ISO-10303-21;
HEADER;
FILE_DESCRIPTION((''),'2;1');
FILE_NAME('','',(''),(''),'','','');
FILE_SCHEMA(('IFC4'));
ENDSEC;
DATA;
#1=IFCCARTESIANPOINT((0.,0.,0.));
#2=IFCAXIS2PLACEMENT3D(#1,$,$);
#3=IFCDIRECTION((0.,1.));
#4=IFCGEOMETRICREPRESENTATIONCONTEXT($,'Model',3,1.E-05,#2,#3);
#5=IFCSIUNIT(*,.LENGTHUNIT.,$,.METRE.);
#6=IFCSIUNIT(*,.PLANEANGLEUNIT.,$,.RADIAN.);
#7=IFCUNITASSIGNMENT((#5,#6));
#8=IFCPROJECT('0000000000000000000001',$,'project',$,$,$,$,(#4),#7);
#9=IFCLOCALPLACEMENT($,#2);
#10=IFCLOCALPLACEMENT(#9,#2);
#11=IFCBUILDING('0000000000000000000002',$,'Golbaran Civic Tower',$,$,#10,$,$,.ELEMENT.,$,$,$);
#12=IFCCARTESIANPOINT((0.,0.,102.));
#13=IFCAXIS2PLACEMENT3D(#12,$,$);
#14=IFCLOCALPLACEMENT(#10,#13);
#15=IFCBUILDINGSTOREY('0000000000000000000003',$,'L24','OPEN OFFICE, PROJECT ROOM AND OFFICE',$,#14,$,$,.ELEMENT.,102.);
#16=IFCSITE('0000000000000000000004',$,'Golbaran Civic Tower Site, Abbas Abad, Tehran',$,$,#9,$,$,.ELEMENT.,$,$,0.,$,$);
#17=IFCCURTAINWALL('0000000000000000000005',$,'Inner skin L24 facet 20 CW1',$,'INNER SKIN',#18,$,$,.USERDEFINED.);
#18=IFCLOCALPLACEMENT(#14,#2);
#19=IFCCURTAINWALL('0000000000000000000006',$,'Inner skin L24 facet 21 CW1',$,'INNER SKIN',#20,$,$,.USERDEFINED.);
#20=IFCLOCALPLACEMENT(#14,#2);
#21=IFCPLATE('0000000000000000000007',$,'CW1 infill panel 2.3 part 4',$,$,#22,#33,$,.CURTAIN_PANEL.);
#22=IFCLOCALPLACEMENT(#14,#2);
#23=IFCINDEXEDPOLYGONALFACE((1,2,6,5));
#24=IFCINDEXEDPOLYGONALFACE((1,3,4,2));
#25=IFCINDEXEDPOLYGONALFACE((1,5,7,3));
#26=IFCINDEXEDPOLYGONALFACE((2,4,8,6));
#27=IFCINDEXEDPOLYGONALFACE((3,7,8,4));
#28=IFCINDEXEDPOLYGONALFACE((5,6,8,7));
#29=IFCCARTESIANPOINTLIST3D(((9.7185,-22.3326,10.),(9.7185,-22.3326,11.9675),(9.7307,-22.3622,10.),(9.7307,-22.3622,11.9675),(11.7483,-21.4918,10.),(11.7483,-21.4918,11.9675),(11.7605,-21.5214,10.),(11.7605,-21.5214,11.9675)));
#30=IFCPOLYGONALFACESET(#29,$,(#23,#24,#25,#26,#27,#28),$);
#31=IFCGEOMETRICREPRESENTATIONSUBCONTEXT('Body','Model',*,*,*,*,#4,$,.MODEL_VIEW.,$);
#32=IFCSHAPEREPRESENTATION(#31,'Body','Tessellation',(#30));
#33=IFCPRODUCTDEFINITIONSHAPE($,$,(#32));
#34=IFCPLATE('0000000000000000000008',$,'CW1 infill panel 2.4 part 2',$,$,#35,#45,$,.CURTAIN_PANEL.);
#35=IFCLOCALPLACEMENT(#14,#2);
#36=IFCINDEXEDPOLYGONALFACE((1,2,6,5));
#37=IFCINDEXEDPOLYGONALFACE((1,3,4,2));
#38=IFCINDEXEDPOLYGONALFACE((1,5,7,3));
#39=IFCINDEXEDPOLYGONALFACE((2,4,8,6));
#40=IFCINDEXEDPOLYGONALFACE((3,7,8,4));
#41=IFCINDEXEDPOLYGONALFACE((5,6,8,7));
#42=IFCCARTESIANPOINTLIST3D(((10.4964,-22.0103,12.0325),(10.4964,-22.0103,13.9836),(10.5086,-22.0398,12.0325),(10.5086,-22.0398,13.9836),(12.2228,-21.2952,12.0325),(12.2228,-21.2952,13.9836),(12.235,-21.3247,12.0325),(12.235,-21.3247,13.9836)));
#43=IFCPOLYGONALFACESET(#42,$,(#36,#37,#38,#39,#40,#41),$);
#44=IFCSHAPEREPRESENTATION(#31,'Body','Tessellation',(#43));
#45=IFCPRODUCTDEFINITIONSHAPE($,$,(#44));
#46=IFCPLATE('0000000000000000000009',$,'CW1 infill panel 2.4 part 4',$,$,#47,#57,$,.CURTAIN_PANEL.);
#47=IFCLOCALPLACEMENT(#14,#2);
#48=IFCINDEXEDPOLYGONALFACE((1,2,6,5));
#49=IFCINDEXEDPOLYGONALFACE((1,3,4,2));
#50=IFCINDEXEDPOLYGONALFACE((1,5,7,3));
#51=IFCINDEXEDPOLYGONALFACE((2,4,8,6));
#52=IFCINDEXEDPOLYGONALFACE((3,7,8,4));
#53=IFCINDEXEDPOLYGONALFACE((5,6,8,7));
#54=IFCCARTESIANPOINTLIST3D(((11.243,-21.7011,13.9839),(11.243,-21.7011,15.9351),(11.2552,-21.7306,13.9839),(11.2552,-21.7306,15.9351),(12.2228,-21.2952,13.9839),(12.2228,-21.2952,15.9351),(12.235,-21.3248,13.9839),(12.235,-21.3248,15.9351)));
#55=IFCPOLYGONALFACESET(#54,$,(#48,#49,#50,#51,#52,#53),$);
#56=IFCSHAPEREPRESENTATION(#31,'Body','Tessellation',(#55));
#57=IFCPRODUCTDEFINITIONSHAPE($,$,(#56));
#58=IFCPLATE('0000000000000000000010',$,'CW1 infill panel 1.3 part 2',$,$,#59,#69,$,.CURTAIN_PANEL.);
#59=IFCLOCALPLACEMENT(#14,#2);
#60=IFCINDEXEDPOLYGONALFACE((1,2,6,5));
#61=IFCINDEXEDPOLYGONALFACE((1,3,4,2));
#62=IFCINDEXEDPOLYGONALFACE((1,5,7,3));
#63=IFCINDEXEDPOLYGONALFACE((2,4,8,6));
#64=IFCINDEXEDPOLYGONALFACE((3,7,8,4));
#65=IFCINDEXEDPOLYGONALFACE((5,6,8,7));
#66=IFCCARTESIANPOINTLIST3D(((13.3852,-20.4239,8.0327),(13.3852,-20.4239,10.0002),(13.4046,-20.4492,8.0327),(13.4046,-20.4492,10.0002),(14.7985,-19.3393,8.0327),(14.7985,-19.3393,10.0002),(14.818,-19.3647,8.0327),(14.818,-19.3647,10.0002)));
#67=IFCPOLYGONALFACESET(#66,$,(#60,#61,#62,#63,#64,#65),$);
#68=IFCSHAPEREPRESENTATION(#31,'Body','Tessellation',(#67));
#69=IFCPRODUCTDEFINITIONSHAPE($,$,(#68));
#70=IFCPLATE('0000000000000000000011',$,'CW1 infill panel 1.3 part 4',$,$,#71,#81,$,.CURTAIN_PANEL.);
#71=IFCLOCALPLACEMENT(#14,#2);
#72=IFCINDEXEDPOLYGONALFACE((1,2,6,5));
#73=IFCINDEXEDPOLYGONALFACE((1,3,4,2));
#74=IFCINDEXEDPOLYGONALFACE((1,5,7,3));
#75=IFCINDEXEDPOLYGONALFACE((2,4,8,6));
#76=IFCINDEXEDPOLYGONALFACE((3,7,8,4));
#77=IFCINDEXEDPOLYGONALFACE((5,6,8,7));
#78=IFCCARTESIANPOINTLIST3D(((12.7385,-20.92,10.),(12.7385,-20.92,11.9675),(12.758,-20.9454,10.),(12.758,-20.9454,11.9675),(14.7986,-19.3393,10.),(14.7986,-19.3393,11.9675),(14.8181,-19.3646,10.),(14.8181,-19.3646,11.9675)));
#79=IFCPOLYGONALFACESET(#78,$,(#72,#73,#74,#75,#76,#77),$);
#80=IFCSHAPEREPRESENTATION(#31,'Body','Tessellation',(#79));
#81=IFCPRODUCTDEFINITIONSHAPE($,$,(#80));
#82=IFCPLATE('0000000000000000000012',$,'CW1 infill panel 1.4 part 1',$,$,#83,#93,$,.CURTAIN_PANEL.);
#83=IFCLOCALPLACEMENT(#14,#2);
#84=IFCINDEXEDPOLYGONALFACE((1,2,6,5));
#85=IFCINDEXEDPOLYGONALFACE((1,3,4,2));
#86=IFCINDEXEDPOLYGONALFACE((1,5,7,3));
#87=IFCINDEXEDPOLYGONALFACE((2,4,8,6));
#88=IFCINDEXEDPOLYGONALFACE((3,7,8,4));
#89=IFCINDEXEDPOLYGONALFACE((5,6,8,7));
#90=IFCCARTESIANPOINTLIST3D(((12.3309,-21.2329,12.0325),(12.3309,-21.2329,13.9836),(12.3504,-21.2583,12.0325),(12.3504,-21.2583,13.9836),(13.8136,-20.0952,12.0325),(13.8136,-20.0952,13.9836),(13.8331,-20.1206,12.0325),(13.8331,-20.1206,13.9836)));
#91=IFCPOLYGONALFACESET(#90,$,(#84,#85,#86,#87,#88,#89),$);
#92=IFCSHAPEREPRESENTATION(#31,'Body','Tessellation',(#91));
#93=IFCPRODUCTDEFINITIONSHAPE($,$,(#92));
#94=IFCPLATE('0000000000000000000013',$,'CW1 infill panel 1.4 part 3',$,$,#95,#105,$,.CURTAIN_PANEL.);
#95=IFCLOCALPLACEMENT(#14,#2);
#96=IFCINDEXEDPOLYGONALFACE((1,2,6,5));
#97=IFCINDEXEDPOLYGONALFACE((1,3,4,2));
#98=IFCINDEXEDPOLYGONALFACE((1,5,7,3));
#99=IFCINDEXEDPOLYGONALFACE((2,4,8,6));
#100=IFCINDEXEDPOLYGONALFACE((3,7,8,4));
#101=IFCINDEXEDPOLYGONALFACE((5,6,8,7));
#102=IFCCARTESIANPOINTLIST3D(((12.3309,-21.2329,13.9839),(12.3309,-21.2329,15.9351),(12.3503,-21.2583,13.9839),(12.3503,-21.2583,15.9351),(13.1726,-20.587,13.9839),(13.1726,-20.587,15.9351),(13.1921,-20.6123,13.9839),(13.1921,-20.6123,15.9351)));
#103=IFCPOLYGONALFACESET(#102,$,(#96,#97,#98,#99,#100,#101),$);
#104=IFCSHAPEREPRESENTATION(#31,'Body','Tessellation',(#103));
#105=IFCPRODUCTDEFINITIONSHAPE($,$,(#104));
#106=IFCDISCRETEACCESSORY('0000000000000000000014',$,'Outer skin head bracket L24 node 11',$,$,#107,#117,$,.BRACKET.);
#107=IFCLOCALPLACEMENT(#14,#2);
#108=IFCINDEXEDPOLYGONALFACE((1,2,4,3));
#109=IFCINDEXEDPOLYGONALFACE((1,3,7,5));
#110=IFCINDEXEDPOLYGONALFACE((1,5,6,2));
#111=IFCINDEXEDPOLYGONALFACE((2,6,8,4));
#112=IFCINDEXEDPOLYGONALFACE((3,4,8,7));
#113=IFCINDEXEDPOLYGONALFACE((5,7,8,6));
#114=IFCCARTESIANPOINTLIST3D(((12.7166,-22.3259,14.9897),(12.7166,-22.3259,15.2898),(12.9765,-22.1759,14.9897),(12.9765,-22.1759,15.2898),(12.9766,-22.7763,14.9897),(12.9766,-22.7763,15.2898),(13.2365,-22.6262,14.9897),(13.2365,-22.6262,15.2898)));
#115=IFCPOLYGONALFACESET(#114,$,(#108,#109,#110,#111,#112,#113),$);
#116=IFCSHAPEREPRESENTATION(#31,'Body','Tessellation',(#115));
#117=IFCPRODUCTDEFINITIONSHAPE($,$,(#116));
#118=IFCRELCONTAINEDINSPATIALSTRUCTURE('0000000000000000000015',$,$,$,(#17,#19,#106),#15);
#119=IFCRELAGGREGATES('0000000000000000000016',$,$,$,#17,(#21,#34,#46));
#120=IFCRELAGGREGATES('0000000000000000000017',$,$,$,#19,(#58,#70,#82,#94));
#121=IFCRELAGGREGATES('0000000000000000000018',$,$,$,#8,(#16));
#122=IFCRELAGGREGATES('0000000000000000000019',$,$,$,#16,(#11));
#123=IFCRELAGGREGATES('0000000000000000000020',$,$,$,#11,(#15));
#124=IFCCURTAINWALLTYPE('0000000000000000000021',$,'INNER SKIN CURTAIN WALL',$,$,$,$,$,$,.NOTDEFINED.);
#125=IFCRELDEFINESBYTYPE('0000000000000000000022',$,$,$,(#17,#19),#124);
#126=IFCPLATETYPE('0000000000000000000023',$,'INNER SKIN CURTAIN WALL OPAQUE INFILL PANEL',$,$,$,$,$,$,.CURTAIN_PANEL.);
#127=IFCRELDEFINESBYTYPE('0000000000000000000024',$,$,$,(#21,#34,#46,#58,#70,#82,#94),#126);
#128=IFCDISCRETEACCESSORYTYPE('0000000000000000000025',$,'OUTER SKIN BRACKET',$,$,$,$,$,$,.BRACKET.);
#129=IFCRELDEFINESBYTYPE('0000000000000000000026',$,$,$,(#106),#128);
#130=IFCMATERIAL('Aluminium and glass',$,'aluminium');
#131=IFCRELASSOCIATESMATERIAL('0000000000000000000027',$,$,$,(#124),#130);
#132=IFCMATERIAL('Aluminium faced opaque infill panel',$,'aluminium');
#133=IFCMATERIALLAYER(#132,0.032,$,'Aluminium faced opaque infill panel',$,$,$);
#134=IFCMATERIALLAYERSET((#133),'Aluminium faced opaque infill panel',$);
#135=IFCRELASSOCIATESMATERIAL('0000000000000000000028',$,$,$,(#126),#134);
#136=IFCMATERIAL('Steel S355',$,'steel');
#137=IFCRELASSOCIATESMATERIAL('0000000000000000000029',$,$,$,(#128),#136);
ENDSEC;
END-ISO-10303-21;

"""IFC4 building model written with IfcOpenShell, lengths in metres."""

from ifc_helpers import new_model, si_unit, direction, frame, origin, origin_2d, place, context, subcontext, project, spatial, rectangle, extrude, material, layer, layer_set, type_object, element, aggregate, save


model = new_model("IFC4")

# Units and contexts
model_context = context("Model", 3, precision=1e-05, world=origin(), true_north=direction((0.0, 1.0)))
body_context = subcontext(model_context, "Body", "Model", "MODEL_VIEW")
ifc_project = project(units=[si_unit("LENGTHUNIT", "METRE"), si_unit("PLANEANGLEUNIT", "RADIAN")], contexts=[model_context])

# Site, building, storey
site_placement = place(None, origin())
site = spatial("IfcSite", under=ifc_project, at=site_placement, Name="Golbaran Civic Tower Site, Abbas Abad, Tehran", CompositionType="ELEMENT", RefElevation=0.0)
building_placement = place(site_placement, origin())
building = spatial("IfcBuilding", under=site, at=building_placement, Name="Golbaran Civic Tower", CompositionType="ELEMENT")
storey_placement = place(building_placement, frame((0.0, 0.0, 102.0)))
storey = spatial("IfcBuildingStorey", under=building, at=storey_placement, Name="L24", Description="OPEN OFFICE, PROJECT ROOM AND OFFICE", CompositionType="ELEMENT", Elevation=102.0)

# Curtain walls
ifc_material_1 = material(Name="Aluminium and glass", Category="aluminium")
curtain_wall_type = type_object("IfcCurtainWallType", Name="INNER SKIN CURTAIN WALL", PredefinedType="NOTDEFINED", material=ifc_material_1)
curtain_wall_1_placement = place(storey_placement, origin())
curtain_wall_1 = element("IfcCurtainWall", 1, at=curtain_wall_1_placement, inside=storey, type_object=curtain_wall_type, Name="Inner skin L24 facet 20 CW1", ObjectType="INNER SKIN", PredefinedType="USERDEFINED")
curtain_wall_2_placement = place(storey_placement, origin())
curtain_wall_2 = element("IfcCurtainWall", 2, at=curtain_wall_2_placement, inside=storey, type_object=curtain_wall_type, Name="Inner skin L24 facet 21 CW1", ObjectType="INNER SKIN", PredefinedType="USERDEFINED")

# Plates
ifc_material_2 = material(Name="Aluminium faced opaque infill panel", Category="aluminium")
ifc_layer_1 = layer(ifc_material_2, 0.032, Name="Aluminium faced opaque infill panel")
ifc_layer_set_1 = layer_set([ifc_layer_1], Name="Aluminium faced opaque infill panel")
plate_type_1 = type_object("IfcPlateType", Name="INNER SKIN CURTAIN WALL OPAQUE INFILL PANEL", PredefinedType="CURTAIN_PANEL", material=ifc_layer_set_1)
plate_1_placement = place(storey_placement, frame((10.7395, -21.927, 10.0), z_axis=(0.0, 0.0, 1.0), x_axis=(0.92388, 0.382683, 0.0)))
plate_1 = element("IfcPlate", 3, at=plate_1_placement, type_object=plate_type_1, Name="CW1 infill panel 2.3 part 4", PredefinedType="CURTAIN_PANEL", context=body_context, shape_type="SweptSolid", body=[
    extrude(rectangle(XDim=2.197, YDim=0.032, at=origin_2d()), origin(), (0.0, 0.0, 1.0), 1.9675),
])
plate_2_placement = place(storey_placement, frame((11.3657, -21.6675, 12.0325), z_axis=(0.0, 0.0, 1.0), x_axis=(0.92388, 0.382683, 0.0)))
plate_2 = element("IfcPlate", 4, at=plate_2_placement, type_object=plate_type_1, Name="CW1 infill panel 2.4 part 2", PredefinedType="CURTAIN_PANEL", context=body_context, shape_type="SweptSolid", body=[
    extrude(rectangle(XDim=1.8687, YDim=0.032, at=origin_2d()), origin(), (0.0, 0.0, 1.0), 1.9512),
])
plate_3_placement = place(storey_placement, frame((11.739, -21.5129, 13.9839), z_axis=(0.0, 0.0, 1.0), x_axis=(0.92388, 0.382683, 0.0)))
plate_3 = element("IfcPlate", 5, at=plate_3_placement, type_object=plate_type_1, Name="CW1 infill panel 2.4 part 4", PredefinedType="CURTAIN_PANEL", context=body_context, shape_type="SweptSolid", body=[
    extrude(rectangle(XDim=1.0605, YDim=0.032, at=origin_2d()), origin(), (0.0, 0.0, 1.0), 1.9512),
])
aggregate(curtain_wall_1, [plate_1, plate_2, plate_3])
plate_4_placement = place(storey_placement, frame((14.1016, -19.8943, 8.0327), z_axis=(0.0, 0.0, 1.0), x_axis=(0.793353, 0.608761, 0.0)))
plate_4 = element("IfcPlate", 6, at=plate_4_placement, type_object=plate_type_1, Name="CW1 infill panel 1.3 part 2", PredefinedType="CURTAIN_PANEL", context=body_context, shape_type="SweptSolid", body=[
    extrude(rectangle(XDim=1.7815, YDim=0.032, at=origin_2d()), origin(), (0.0, 0.0, 1.0), 1.9675),
])
plate_5_placement = place(storey_placement, frame((13.7783, -20.1423, 10.0), z_axis=(0.0, 0.0, 1.0), x_axis=(0.793353, 0.608761, 0.0)))
plate_5 = element("IfcPlate", 7, at=plate_5_placement, type_object=plate_type_1, Name="CW1 infill panel 1.3 part 4", PredefinedType="CURTAIN_PANEL", context=body_context, shape_type="SweptSolid", body=[
    extrude(rectangle(XDim=2.5967, YDim=0.032, at=origin_2d()), origin(), (0.0, 0.0, 1.0), 1.9675),
])
plate_6_placement = place(storey_placement, frame((13.082, -20.6768, 12.0325), z_axis=(0.0, 0.0, 1.0), x_axis=(0.793353, 0.608761, 0.0)))
plate_6 = element("IfcPlate", 8, at=plate_6_placement, type_object=plate_type_1, Name="CW1 infill panel 1.4 part 1", PredefinedType="CURTAIN_PANEL", context=body_context, shape_type="SweptSolid", body=[
    extrude(rectangle(XDim=1.8689, YDim=0.032, at=origin_2d()), origin(), (0.0, 0.0, 1.0), 1.9512),
])
plate_7_placement = place(storey_placement, frame((12.7615, -20.9226, 13.9839), z_axis=(0.0, 0.0, 1.0), x_axis=(0.793353, 0.608761, 0.0)))
plate_7 = element("IfcPlate", 9, at=plate_7_placement, type_object=plate_type_1, Name="CW1 infill panel 1.4 part 3", PredefinedType="CURTAIN_PANEL", context=body_context, shape_type="SweptSolid", body=[
    extrude(rectangle(XDim=1.061, YDim=0.032, at=origin_2d()), origin(), (0.0, 0.0, 1.0), 1.9512),
])
aggregate(curtain_wall_2, [plate_4, plate_5, plate_6, plate_7])

# Discrete accessory
ifc_material_3 = material(Name="Steel S355", Category="steel")
discrete_accessory_type = type_object("IfcDiscreteAccessoryType", Name="OUTER SKIN BRACKET", PredefinedType="BRACKET", material=ifc_material_3)
discrete_accessory_placement = place(storey_placement, frame((12.9766, -22.4761, 14.9897), z_axis=(0.0, 0.0, 1.0), x_axis=(0.5, -0.866025, 0.0)))
element("IfcDiscreteAccessory", 10, at=discrete_accessory_placement, inside=storey, type_object=discrete_accessory_type, Name="Outer skin head bracket L24 node 11", PredefinedType="BRACKET", context=body_context, shape_type="SweptSolid", body=[
    extrude(rectangle(XDim=0.52, YDim=0.3, at=origin_2d()), origin(), (0.0, 0.0, 1.0), 0.3),
])

save(model, "model.ifc")
